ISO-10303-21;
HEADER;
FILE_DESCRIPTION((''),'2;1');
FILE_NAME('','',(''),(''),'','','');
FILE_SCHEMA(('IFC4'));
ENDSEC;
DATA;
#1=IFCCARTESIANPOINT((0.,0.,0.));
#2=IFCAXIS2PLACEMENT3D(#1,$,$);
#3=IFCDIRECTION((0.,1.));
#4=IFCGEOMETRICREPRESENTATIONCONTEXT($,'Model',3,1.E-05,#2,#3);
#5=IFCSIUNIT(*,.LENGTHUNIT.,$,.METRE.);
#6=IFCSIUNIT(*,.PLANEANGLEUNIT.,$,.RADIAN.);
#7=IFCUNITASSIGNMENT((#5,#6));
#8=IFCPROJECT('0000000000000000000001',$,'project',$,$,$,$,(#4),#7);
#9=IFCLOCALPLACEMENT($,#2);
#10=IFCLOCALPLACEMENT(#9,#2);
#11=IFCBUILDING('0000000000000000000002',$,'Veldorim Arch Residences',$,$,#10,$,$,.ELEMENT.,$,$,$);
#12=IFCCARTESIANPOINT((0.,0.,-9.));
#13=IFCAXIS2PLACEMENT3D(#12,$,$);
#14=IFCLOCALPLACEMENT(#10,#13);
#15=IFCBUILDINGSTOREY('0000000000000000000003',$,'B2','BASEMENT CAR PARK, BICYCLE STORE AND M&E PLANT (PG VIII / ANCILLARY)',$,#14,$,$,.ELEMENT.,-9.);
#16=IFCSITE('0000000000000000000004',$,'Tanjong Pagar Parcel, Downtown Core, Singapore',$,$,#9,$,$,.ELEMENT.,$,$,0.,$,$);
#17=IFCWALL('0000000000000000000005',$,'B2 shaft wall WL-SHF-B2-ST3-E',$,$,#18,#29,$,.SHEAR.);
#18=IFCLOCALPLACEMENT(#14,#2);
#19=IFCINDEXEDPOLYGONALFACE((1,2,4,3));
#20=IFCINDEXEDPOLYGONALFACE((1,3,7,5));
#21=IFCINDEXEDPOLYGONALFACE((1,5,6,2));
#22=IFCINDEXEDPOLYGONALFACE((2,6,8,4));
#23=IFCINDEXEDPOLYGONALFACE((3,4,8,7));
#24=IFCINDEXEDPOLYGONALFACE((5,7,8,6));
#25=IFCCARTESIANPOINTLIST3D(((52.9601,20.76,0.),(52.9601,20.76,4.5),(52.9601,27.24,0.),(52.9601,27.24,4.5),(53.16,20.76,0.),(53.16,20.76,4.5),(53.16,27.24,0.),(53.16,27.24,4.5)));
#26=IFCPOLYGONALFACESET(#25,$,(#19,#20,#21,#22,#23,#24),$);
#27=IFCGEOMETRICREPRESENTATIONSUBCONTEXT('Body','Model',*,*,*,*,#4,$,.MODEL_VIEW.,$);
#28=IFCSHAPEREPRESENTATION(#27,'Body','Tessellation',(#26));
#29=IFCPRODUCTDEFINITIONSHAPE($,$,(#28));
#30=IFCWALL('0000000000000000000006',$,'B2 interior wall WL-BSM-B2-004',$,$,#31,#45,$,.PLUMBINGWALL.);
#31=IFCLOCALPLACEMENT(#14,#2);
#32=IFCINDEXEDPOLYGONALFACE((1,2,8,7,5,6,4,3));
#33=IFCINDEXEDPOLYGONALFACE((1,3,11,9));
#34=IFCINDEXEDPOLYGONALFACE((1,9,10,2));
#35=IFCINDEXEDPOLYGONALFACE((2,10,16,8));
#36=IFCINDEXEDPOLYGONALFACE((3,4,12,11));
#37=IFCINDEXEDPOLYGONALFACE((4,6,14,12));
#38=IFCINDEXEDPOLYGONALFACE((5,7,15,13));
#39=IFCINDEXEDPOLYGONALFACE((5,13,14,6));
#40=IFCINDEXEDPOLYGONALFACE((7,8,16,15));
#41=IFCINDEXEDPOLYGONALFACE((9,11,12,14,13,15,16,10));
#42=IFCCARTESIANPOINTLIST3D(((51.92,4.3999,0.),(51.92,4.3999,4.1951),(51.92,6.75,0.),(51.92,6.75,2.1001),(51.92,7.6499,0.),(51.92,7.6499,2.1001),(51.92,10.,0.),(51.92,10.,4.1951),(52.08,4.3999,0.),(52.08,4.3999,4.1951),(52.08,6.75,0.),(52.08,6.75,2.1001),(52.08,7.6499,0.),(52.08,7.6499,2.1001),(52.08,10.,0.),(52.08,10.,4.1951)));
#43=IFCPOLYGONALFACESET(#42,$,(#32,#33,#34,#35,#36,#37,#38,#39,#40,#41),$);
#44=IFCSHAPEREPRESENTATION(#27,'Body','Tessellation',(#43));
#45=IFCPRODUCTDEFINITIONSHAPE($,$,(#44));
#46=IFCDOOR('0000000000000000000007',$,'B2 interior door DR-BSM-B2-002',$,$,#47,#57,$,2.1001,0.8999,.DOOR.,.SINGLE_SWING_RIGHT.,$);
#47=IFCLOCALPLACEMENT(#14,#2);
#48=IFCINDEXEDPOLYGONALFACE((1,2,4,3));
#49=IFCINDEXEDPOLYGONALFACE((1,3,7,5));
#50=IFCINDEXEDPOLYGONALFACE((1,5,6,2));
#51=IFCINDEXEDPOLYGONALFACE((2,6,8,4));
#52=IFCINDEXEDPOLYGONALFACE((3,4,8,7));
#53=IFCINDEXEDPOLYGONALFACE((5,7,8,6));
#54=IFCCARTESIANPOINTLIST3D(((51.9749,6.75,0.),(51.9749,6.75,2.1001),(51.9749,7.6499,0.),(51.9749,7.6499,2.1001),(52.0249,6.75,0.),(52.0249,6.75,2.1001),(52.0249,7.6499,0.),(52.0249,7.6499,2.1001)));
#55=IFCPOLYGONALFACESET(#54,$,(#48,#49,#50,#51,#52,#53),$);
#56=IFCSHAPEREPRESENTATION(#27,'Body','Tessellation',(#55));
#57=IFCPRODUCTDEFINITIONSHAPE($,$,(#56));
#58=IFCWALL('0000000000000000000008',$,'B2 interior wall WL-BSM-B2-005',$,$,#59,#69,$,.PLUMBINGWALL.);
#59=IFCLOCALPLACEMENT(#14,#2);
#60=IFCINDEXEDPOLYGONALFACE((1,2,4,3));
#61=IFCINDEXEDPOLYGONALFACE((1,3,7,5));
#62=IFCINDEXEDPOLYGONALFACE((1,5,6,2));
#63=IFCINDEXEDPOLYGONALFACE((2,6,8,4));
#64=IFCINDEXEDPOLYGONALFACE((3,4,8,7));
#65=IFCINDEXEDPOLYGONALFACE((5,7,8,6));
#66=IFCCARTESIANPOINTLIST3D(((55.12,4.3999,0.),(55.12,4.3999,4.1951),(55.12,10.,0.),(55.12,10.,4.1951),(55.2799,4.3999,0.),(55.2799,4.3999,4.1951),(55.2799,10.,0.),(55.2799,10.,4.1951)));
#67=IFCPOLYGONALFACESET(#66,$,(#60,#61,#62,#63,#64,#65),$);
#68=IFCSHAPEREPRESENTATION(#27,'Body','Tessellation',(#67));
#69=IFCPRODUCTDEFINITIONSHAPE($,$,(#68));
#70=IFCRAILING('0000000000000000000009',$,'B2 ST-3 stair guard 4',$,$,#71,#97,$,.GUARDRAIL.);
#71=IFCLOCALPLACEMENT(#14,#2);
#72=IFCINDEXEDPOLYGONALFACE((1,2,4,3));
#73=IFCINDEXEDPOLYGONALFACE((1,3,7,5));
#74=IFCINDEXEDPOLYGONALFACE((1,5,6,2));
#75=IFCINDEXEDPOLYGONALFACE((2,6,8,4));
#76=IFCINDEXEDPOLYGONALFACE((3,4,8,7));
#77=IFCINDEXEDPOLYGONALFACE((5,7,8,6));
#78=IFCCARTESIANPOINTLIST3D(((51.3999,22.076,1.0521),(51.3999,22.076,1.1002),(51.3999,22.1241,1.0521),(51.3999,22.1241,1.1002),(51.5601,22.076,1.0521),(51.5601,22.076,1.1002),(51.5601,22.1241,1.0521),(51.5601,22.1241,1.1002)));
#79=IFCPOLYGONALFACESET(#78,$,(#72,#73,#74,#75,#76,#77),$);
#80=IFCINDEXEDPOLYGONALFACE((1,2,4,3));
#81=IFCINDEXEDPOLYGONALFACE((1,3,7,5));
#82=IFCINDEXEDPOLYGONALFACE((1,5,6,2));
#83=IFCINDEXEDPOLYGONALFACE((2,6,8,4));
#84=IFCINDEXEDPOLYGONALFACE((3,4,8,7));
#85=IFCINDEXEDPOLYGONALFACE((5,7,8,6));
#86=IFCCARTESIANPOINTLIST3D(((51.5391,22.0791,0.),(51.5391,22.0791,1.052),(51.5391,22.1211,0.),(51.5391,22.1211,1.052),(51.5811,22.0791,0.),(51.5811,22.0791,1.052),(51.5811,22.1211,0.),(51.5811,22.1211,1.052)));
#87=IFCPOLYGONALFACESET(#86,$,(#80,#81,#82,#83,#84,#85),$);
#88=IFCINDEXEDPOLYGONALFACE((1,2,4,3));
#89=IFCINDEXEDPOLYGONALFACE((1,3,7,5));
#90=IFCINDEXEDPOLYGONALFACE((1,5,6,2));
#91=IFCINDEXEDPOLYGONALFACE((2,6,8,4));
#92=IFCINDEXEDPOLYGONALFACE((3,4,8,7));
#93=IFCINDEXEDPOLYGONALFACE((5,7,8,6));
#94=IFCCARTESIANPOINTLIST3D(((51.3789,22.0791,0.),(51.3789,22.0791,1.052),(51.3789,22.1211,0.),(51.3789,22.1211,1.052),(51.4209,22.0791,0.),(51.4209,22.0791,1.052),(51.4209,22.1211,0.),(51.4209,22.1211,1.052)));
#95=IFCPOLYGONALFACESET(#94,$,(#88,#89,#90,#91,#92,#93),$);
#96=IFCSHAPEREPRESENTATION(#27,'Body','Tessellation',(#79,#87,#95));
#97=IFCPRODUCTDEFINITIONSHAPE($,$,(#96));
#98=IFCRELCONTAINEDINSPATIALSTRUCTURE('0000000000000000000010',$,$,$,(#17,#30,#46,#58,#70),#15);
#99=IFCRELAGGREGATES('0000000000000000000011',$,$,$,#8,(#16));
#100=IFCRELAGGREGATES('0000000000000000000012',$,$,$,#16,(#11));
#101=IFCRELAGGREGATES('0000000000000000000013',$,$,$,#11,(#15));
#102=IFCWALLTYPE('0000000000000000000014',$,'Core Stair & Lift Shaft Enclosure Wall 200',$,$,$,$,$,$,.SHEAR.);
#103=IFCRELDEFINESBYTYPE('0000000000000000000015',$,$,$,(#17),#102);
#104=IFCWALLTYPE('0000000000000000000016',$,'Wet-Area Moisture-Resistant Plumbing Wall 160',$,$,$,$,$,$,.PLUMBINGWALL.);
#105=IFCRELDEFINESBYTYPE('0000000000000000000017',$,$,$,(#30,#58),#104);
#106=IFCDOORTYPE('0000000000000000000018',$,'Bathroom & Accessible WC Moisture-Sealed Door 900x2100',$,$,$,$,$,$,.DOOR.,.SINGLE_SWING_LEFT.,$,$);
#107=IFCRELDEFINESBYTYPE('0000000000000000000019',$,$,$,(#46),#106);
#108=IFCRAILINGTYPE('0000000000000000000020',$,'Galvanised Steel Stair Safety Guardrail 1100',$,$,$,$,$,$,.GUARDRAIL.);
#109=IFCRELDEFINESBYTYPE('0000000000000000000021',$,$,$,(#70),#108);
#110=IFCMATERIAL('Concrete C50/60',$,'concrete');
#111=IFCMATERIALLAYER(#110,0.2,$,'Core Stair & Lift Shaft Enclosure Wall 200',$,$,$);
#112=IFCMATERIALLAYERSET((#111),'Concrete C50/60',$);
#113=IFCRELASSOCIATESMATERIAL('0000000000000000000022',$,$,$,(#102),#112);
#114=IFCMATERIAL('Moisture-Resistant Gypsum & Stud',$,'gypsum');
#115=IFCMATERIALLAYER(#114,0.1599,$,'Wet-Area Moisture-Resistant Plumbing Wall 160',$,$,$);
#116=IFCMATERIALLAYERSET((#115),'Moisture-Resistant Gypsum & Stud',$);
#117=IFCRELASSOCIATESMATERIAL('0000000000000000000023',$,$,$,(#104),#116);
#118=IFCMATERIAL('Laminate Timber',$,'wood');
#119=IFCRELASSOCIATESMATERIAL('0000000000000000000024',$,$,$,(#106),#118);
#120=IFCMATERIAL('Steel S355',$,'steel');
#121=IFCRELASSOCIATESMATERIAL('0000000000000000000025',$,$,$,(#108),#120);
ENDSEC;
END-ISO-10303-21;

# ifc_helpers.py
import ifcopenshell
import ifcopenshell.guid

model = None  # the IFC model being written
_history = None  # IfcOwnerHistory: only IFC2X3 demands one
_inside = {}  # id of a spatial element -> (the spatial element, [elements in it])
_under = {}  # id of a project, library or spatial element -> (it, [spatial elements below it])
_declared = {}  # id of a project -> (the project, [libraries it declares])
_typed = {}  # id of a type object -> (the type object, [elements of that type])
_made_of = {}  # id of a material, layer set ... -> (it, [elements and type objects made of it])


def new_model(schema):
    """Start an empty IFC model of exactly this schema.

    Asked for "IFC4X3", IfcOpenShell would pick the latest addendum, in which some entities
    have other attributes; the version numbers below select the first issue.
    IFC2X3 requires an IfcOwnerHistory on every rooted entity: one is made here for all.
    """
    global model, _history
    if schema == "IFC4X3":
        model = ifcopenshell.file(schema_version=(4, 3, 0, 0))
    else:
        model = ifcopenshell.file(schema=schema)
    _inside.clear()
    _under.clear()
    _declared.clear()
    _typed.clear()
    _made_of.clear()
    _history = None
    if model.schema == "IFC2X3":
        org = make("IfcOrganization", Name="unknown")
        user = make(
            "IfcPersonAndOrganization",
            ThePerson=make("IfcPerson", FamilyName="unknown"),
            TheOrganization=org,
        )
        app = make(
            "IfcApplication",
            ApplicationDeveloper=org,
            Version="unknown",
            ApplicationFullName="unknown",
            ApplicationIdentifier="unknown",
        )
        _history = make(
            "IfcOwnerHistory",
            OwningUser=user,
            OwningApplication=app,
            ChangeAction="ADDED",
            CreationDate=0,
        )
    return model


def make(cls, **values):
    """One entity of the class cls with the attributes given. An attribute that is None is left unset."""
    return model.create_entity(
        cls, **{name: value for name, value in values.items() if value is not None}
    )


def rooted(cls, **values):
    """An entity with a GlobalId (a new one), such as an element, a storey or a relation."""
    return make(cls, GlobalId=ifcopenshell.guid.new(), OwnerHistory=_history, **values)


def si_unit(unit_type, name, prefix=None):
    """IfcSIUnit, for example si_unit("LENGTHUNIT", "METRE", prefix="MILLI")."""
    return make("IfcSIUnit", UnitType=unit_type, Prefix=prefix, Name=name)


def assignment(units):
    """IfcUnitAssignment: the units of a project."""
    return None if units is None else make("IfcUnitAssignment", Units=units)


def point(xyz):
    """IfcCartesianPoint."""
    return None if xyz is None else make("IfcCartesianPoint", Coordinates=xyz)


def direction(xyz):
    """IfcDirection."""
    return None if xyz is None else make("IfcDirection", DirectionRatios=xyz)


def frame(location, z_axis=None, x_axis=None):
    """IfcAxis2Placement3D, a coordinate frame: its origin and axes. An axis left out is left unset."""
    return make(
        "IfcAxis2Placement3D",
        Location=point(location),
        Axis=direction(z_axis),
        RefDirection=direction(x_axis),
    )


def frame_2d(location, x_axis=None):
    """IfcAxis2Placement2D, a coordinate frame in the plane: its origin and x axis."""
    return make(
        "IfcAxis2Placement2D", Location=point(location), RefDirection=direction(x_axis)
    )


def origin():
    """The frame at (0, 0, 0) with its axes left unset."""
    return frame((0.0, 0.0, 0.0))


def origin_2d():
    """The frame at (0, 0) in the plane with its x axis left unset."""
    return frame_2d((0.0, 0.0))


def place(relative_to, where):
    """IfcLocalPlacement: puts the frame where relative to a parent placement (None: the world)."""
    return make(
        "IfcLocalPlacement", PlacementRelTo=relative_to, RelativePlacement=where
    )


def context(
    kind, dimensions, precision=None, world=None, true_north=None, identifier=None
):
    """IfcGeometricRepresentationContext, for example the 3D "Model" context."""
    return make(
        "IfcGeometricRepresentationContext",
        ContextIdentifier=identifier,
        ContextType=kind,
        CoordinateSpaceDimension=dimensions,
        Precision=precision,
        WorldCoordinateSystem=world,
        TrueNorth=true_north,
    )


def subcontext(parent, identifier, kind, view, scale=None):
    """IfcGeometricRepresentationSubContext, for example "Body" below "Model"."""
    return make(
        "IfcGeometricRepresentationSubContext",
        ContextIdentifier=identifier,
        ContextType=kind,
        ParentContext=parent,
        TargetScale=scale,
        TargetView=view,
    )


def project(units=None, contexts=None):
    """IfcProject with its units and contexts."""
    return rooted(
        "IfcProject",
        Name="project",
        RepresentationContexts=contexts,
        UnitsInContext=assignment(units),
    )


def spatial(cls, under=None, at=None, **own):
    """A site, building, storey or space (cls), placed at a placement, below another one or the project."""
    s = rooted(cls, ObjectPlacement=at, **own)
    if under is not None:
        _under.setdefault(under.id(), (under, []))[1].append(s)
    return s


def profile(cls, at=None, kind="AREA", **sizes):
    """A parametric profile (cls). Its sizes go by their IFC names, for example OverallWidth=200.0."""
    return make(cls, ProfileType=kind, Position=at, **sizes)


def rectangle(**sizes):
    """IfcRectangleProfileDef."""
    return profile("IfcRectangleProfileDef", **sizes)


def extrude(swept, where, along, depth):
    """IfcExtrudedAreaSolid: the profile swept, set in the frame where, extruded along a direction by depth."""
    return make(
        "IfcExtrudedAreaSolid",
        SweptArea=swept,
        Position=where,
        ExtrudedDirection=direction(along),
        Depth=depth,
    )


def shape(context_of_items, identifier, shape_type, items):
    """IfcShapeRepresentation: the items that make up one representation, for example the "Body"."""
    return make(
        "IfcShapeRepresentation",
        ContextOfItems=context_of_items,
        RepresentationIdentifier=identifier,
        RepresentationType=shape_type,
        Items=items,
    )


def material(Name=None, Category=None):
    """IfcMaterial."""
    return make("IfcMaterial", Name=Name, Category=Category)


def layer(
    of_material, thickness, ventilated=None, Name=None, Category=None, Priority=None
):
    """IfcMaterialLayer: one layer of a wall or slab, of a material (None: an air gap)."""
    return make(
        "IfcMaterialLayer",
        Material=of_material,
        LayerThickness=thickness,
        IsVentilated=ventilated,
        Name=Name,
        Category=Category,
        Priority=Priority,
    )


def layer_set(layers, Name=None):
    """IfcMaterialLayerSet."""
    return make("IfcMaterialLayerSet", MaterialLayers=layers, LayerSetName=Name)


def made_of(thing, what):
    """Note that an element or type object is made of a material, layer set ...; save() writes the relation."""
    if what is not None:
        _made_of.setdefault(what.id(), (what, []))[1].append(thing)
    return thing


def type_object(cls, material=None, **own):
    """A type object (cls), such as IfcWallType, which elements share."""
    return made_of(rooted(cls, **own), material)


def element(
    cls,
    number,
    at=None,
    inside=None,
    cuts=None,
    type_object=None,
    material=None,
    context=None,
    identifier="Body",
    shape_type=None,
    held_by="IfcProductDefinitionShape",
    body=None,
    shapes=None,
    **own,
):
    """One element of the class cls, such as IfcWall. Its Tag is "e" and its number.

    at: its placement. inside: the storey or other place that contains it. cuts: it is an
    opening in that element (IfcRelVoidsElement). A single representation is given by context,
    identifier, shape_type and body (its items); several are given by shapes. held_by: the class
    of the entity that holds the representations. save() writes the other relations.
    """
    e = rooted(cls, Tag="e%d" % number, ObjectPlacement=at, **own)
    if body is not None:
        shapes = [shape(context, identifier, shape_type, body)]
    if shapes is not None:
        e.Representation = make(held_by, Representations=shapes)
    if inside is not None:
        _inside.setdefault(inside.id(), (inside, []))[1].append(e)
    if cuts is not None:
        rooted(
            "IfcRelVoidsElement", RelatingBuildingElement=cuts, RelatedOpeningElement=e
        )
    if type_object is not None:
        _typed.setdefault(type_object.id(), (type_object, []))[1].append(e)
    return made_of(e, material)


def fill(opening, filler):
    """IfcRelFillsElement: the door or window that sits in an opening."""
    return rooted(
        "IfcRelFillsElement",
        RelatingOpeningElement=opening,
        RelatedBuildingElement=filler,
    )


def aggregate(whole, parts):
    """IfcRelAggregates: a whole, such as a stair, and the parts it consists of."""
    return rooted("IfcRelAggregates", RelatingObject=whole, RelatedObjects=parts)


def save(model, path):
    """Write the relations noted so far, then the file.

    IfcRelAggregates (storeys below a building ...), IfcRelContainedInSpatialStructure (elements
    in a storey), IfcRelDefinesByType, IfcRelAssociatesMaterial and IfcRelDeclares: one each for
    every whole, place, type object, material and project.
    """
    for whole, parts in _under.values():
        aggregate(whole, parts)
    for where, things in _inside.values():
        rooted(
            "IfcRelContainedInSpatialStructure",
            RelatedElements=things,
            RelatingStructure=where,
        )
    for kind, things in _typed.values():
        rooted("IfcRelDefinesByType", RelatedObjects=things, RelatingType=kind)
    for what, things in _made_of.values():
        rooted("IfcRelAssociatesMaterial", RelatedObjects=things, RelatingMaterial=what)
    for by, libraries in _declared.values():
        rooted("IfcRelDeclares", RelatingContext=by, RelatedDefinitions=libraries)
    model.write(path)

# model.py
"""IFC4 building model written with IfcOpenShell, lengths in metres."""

from ifc_helpers import new_model, si_unit, direction, frame, frame_2d, origin, origin_2d, place, context, subcontext, project, spatial, rectangle, extrude, material, layer, layer_set, type_object, element, fill, save


model = new_model("IFC4")

# Units and contexts
model_context = context("Model", 3, precision=1e-05, world=origin(), true_north=direction((0.0, 1.0)))
body_context = subcontext(model_context, "Body", "Model", "MODEL_VIEW")
ifc_project = project(units=[si_unit("LENGTHUNIT", "METRE"), si_unit("PLANEANGLEUNIT", "RADIAN")], contexts=[model_context])

# Site, building, storey
site_placement = place(None, origin())
site = spatial("IfcSite", under=ifc_project, at=site_placement, Name="Tanjong Pagar Parcel, Downtown Core, Singapore", CompositionType="ELEMENT", RefElevation=0.0)
building_placement = place(site_placement, origin())
building = spatial("IfcBuilding", under=site, at=building_placement, Name="Veldorim Arch Residences", CompositionType="ELEMENT")
storey_placement = place(building_placement, frame((0.0, 0.0, -9.0)))
storey = spatial("IfcBuildingStorey", under=building, at=storey_placement, Name="B2", Description="BASEMENT CAR PARK, BICYCLE STORE AND M&E PLANT (PG VIII / ANCILLARY)", CompositionType="ELEMENT", Elevation=-9.0)

# Wall
ifc_material_1 = material(Name="Concrete C50/60", Category="concrete")
ifc_layer_1 = layer(ifc_material_1, 0.2, Name="Core Stair & Lift Shaft Enclosure Wall 200")
ifc_layer_set_1 = layer_set([ifc_layer_1], Name="Concrete C50/60")
wall_type_1 = type_object("IfcWallType", Name="Core Stair & Lift Shaft Enclosure Wall 200", PredefinedType="SHEAR", material=ifc_layer_set_1)
for number, where, z_axis, x_axis, name in (
    (1, (53.0601, 20.76, 0.0), (0.0, 0.0, 1.0), (0.0, 1.0, 0.0), "B2 shaft wall WL-SHF-B2-ST3-E"),
):
    element("IfcWall", number, at=place(storey_placement, frame(where, z_axis=z_axis, x_axis=x_axis)), inside=storey, type_object=wall_type_1, Name=name, PredefinedType="SHEAR", context=body_context, shape_type="SweptSolid", body=[
        extrude(rectangle(XDim=6.48, YDim=0.2, at=frame_2d((3.24, 0.0))), origin(), (0.0, 0.0, 1.0), 4.5),
    ])

# Wall, opening, door
ifc_material_2 = material(Name="Moisture-Resistant Gypsum & Stud", Category="gypsum")
ifc_layer_2 = layer(ifc_material_2, 0.1599, Name="Wet-Area Moisture-Resistant Plumbing Wall 160")
ifc_layer_set_2 = layer_set([ifc_layer_2], Name="Moisture-Resistant Gypsum & Stud")
wall_type_2 = type_object("IfcWallType", Name="Wet-Area Moisture-Resistant Plumbing Wall 160", PredefinedType="PLUMBINGWALL", material=ifc_layer_set_2)
wall_1_placement = place(storey_placement, frame((52.0, 10.0, 0.0), z_axis=(0.0, 0.0, 1.0), x_axis=(0.0, -1.0, 0.0)))
wall_1 = element("IfcWall", 2, at=wall_1_placement, inside=storey, type_object=wall_type_2, Name="B2 interior wall WL-BSM-B2-004", PredefinedType="PLUMBINGWALL", context=body_context, shape_type="SweptSolid", body=[
    extrude(rectangle(XDim=5.6001, YDim=0.1599, at=frame_2d((2.8, 0.0))), origin(), (0.0, 0.0, 1.0), 4.1951),
])
opening_1_placement = place(wall_1_placement, frame((2.3501, 0.0, 0.0)))
opening_1 = element("IfcOpeningElement", 3, at=opening_1_placement, cuts=wall_1, PredefinedType="OPENING", context=body_context, shape_type="SweptSolid", body=[
    extrude(rectangle(XDim=0.8999, YDim=2.1001, at=frame_2d((0.45, 1.05))), frame((0.0, 0.0898, 0.0), z_axis=(0.0, -1.0, 0.0), x_axis=(1.0, 0.0, 0.0)), (0.0, 0.0, 1.0), 0.1799),
])
ifc_material_3 = material(Name="Laminate Timber", Category="wood")
door_type_1 = type_object("IfcDoorType", Name="Bathroom & Accessible WC Moisture-Sealed Door 900x2100", OperationType="SINGLE_SWING_LEFT", PredefinedType="DOOR", material=ifc_material_3)
door_1_placement = place(opening_1_placement, origin())
door_1 = element("IfcDoor", 4, at=door_1_placement, inside=storey, type_object=door_type_1, Name="B2 interior door DR-BSM-B2-002", OperationType="SINGLE_SWING_RIGHT", OverallHeight=2.1001, OverallWidth=0.8999, PredefinedType="DOOR", context=body_context, shape_type="SweptSolid", body=[
    extrude(rectangle(XDim=0.8999, YDim=2.1001, at=frame_2d((0.45, 1.05))), frame((0.0, 0.0249, 0.0), z_axis=(0.0, -1.0, 0.0), x_axis=(1.0, 0.0, 0.0)), (0.0, 0.0, 1.0), 0.05),
])
fill(opening_1, door_1)

# Wall
wall_2_placement = place(storey_placement, frame((55.2, 10.0, 0.0), z_axis=(0.0, 0.0, 1.0), x_axis=(0.0, -1.0, 0.0)))
element("IfcWall", 5, at=wall_2_placement, inside=storey, type_object=wall_type_2, Name="B2 interior wall WL-BSM-B2-005", PredefinedType="PLUMBINGWALL", context=body_context, shape_type="SweptSolid", body=[
    extrude(rectangle(XDim=5.6001, YDim=0.1599, at=frame_2d((2.8, 0.0))), origin(), (0.0, 0.0, 1.0), 4.1951),
])

# Railing
ifc_material_4 = material(Name="Steel S355", Category="steel")
railing_type = type_object("IfcRailingType", Name="Galvanised Steel Stair Safety Guardrail 1100", PredefinedType="GUARDRAIL", material=ifc_material_4)
railing_placement = place(storey_placement, frame((51.5601, 22.1001, 0.0)))
element("IfcRailing", 6, at=railing_placement, inside=storey, type_object=railing_type, Name="B2 ST-3 stair guard 4", PredefinedType="GUARDRAIL", context=body_context, shape_type="SweptSolid", body=[
    extrude(rectangle(XDim=0.0481, YDim=0.0481, at=origin_2d()), frame((0.0, 0.0, 1.0762), z_axis=(-1.0, 0.0, 0.0), x_axis=(0.0, -1.0, 0.0)), (0.0, 0.0, 1.0), 0.1602),
    extrude(rectangle(XDim=0.042, YDim=0.042, at=origin_2d()), origin(), (0.0, 0.0, 1.0), 1.052),
    extrude(rectangle(XDim=0.042, YDim=0.042, at=origin_2d()), frame((-0.1602, 0.0, 0.0)), (0.0, 0.0, 1.0), 1.052),
])

save(model, "model.ifc")
